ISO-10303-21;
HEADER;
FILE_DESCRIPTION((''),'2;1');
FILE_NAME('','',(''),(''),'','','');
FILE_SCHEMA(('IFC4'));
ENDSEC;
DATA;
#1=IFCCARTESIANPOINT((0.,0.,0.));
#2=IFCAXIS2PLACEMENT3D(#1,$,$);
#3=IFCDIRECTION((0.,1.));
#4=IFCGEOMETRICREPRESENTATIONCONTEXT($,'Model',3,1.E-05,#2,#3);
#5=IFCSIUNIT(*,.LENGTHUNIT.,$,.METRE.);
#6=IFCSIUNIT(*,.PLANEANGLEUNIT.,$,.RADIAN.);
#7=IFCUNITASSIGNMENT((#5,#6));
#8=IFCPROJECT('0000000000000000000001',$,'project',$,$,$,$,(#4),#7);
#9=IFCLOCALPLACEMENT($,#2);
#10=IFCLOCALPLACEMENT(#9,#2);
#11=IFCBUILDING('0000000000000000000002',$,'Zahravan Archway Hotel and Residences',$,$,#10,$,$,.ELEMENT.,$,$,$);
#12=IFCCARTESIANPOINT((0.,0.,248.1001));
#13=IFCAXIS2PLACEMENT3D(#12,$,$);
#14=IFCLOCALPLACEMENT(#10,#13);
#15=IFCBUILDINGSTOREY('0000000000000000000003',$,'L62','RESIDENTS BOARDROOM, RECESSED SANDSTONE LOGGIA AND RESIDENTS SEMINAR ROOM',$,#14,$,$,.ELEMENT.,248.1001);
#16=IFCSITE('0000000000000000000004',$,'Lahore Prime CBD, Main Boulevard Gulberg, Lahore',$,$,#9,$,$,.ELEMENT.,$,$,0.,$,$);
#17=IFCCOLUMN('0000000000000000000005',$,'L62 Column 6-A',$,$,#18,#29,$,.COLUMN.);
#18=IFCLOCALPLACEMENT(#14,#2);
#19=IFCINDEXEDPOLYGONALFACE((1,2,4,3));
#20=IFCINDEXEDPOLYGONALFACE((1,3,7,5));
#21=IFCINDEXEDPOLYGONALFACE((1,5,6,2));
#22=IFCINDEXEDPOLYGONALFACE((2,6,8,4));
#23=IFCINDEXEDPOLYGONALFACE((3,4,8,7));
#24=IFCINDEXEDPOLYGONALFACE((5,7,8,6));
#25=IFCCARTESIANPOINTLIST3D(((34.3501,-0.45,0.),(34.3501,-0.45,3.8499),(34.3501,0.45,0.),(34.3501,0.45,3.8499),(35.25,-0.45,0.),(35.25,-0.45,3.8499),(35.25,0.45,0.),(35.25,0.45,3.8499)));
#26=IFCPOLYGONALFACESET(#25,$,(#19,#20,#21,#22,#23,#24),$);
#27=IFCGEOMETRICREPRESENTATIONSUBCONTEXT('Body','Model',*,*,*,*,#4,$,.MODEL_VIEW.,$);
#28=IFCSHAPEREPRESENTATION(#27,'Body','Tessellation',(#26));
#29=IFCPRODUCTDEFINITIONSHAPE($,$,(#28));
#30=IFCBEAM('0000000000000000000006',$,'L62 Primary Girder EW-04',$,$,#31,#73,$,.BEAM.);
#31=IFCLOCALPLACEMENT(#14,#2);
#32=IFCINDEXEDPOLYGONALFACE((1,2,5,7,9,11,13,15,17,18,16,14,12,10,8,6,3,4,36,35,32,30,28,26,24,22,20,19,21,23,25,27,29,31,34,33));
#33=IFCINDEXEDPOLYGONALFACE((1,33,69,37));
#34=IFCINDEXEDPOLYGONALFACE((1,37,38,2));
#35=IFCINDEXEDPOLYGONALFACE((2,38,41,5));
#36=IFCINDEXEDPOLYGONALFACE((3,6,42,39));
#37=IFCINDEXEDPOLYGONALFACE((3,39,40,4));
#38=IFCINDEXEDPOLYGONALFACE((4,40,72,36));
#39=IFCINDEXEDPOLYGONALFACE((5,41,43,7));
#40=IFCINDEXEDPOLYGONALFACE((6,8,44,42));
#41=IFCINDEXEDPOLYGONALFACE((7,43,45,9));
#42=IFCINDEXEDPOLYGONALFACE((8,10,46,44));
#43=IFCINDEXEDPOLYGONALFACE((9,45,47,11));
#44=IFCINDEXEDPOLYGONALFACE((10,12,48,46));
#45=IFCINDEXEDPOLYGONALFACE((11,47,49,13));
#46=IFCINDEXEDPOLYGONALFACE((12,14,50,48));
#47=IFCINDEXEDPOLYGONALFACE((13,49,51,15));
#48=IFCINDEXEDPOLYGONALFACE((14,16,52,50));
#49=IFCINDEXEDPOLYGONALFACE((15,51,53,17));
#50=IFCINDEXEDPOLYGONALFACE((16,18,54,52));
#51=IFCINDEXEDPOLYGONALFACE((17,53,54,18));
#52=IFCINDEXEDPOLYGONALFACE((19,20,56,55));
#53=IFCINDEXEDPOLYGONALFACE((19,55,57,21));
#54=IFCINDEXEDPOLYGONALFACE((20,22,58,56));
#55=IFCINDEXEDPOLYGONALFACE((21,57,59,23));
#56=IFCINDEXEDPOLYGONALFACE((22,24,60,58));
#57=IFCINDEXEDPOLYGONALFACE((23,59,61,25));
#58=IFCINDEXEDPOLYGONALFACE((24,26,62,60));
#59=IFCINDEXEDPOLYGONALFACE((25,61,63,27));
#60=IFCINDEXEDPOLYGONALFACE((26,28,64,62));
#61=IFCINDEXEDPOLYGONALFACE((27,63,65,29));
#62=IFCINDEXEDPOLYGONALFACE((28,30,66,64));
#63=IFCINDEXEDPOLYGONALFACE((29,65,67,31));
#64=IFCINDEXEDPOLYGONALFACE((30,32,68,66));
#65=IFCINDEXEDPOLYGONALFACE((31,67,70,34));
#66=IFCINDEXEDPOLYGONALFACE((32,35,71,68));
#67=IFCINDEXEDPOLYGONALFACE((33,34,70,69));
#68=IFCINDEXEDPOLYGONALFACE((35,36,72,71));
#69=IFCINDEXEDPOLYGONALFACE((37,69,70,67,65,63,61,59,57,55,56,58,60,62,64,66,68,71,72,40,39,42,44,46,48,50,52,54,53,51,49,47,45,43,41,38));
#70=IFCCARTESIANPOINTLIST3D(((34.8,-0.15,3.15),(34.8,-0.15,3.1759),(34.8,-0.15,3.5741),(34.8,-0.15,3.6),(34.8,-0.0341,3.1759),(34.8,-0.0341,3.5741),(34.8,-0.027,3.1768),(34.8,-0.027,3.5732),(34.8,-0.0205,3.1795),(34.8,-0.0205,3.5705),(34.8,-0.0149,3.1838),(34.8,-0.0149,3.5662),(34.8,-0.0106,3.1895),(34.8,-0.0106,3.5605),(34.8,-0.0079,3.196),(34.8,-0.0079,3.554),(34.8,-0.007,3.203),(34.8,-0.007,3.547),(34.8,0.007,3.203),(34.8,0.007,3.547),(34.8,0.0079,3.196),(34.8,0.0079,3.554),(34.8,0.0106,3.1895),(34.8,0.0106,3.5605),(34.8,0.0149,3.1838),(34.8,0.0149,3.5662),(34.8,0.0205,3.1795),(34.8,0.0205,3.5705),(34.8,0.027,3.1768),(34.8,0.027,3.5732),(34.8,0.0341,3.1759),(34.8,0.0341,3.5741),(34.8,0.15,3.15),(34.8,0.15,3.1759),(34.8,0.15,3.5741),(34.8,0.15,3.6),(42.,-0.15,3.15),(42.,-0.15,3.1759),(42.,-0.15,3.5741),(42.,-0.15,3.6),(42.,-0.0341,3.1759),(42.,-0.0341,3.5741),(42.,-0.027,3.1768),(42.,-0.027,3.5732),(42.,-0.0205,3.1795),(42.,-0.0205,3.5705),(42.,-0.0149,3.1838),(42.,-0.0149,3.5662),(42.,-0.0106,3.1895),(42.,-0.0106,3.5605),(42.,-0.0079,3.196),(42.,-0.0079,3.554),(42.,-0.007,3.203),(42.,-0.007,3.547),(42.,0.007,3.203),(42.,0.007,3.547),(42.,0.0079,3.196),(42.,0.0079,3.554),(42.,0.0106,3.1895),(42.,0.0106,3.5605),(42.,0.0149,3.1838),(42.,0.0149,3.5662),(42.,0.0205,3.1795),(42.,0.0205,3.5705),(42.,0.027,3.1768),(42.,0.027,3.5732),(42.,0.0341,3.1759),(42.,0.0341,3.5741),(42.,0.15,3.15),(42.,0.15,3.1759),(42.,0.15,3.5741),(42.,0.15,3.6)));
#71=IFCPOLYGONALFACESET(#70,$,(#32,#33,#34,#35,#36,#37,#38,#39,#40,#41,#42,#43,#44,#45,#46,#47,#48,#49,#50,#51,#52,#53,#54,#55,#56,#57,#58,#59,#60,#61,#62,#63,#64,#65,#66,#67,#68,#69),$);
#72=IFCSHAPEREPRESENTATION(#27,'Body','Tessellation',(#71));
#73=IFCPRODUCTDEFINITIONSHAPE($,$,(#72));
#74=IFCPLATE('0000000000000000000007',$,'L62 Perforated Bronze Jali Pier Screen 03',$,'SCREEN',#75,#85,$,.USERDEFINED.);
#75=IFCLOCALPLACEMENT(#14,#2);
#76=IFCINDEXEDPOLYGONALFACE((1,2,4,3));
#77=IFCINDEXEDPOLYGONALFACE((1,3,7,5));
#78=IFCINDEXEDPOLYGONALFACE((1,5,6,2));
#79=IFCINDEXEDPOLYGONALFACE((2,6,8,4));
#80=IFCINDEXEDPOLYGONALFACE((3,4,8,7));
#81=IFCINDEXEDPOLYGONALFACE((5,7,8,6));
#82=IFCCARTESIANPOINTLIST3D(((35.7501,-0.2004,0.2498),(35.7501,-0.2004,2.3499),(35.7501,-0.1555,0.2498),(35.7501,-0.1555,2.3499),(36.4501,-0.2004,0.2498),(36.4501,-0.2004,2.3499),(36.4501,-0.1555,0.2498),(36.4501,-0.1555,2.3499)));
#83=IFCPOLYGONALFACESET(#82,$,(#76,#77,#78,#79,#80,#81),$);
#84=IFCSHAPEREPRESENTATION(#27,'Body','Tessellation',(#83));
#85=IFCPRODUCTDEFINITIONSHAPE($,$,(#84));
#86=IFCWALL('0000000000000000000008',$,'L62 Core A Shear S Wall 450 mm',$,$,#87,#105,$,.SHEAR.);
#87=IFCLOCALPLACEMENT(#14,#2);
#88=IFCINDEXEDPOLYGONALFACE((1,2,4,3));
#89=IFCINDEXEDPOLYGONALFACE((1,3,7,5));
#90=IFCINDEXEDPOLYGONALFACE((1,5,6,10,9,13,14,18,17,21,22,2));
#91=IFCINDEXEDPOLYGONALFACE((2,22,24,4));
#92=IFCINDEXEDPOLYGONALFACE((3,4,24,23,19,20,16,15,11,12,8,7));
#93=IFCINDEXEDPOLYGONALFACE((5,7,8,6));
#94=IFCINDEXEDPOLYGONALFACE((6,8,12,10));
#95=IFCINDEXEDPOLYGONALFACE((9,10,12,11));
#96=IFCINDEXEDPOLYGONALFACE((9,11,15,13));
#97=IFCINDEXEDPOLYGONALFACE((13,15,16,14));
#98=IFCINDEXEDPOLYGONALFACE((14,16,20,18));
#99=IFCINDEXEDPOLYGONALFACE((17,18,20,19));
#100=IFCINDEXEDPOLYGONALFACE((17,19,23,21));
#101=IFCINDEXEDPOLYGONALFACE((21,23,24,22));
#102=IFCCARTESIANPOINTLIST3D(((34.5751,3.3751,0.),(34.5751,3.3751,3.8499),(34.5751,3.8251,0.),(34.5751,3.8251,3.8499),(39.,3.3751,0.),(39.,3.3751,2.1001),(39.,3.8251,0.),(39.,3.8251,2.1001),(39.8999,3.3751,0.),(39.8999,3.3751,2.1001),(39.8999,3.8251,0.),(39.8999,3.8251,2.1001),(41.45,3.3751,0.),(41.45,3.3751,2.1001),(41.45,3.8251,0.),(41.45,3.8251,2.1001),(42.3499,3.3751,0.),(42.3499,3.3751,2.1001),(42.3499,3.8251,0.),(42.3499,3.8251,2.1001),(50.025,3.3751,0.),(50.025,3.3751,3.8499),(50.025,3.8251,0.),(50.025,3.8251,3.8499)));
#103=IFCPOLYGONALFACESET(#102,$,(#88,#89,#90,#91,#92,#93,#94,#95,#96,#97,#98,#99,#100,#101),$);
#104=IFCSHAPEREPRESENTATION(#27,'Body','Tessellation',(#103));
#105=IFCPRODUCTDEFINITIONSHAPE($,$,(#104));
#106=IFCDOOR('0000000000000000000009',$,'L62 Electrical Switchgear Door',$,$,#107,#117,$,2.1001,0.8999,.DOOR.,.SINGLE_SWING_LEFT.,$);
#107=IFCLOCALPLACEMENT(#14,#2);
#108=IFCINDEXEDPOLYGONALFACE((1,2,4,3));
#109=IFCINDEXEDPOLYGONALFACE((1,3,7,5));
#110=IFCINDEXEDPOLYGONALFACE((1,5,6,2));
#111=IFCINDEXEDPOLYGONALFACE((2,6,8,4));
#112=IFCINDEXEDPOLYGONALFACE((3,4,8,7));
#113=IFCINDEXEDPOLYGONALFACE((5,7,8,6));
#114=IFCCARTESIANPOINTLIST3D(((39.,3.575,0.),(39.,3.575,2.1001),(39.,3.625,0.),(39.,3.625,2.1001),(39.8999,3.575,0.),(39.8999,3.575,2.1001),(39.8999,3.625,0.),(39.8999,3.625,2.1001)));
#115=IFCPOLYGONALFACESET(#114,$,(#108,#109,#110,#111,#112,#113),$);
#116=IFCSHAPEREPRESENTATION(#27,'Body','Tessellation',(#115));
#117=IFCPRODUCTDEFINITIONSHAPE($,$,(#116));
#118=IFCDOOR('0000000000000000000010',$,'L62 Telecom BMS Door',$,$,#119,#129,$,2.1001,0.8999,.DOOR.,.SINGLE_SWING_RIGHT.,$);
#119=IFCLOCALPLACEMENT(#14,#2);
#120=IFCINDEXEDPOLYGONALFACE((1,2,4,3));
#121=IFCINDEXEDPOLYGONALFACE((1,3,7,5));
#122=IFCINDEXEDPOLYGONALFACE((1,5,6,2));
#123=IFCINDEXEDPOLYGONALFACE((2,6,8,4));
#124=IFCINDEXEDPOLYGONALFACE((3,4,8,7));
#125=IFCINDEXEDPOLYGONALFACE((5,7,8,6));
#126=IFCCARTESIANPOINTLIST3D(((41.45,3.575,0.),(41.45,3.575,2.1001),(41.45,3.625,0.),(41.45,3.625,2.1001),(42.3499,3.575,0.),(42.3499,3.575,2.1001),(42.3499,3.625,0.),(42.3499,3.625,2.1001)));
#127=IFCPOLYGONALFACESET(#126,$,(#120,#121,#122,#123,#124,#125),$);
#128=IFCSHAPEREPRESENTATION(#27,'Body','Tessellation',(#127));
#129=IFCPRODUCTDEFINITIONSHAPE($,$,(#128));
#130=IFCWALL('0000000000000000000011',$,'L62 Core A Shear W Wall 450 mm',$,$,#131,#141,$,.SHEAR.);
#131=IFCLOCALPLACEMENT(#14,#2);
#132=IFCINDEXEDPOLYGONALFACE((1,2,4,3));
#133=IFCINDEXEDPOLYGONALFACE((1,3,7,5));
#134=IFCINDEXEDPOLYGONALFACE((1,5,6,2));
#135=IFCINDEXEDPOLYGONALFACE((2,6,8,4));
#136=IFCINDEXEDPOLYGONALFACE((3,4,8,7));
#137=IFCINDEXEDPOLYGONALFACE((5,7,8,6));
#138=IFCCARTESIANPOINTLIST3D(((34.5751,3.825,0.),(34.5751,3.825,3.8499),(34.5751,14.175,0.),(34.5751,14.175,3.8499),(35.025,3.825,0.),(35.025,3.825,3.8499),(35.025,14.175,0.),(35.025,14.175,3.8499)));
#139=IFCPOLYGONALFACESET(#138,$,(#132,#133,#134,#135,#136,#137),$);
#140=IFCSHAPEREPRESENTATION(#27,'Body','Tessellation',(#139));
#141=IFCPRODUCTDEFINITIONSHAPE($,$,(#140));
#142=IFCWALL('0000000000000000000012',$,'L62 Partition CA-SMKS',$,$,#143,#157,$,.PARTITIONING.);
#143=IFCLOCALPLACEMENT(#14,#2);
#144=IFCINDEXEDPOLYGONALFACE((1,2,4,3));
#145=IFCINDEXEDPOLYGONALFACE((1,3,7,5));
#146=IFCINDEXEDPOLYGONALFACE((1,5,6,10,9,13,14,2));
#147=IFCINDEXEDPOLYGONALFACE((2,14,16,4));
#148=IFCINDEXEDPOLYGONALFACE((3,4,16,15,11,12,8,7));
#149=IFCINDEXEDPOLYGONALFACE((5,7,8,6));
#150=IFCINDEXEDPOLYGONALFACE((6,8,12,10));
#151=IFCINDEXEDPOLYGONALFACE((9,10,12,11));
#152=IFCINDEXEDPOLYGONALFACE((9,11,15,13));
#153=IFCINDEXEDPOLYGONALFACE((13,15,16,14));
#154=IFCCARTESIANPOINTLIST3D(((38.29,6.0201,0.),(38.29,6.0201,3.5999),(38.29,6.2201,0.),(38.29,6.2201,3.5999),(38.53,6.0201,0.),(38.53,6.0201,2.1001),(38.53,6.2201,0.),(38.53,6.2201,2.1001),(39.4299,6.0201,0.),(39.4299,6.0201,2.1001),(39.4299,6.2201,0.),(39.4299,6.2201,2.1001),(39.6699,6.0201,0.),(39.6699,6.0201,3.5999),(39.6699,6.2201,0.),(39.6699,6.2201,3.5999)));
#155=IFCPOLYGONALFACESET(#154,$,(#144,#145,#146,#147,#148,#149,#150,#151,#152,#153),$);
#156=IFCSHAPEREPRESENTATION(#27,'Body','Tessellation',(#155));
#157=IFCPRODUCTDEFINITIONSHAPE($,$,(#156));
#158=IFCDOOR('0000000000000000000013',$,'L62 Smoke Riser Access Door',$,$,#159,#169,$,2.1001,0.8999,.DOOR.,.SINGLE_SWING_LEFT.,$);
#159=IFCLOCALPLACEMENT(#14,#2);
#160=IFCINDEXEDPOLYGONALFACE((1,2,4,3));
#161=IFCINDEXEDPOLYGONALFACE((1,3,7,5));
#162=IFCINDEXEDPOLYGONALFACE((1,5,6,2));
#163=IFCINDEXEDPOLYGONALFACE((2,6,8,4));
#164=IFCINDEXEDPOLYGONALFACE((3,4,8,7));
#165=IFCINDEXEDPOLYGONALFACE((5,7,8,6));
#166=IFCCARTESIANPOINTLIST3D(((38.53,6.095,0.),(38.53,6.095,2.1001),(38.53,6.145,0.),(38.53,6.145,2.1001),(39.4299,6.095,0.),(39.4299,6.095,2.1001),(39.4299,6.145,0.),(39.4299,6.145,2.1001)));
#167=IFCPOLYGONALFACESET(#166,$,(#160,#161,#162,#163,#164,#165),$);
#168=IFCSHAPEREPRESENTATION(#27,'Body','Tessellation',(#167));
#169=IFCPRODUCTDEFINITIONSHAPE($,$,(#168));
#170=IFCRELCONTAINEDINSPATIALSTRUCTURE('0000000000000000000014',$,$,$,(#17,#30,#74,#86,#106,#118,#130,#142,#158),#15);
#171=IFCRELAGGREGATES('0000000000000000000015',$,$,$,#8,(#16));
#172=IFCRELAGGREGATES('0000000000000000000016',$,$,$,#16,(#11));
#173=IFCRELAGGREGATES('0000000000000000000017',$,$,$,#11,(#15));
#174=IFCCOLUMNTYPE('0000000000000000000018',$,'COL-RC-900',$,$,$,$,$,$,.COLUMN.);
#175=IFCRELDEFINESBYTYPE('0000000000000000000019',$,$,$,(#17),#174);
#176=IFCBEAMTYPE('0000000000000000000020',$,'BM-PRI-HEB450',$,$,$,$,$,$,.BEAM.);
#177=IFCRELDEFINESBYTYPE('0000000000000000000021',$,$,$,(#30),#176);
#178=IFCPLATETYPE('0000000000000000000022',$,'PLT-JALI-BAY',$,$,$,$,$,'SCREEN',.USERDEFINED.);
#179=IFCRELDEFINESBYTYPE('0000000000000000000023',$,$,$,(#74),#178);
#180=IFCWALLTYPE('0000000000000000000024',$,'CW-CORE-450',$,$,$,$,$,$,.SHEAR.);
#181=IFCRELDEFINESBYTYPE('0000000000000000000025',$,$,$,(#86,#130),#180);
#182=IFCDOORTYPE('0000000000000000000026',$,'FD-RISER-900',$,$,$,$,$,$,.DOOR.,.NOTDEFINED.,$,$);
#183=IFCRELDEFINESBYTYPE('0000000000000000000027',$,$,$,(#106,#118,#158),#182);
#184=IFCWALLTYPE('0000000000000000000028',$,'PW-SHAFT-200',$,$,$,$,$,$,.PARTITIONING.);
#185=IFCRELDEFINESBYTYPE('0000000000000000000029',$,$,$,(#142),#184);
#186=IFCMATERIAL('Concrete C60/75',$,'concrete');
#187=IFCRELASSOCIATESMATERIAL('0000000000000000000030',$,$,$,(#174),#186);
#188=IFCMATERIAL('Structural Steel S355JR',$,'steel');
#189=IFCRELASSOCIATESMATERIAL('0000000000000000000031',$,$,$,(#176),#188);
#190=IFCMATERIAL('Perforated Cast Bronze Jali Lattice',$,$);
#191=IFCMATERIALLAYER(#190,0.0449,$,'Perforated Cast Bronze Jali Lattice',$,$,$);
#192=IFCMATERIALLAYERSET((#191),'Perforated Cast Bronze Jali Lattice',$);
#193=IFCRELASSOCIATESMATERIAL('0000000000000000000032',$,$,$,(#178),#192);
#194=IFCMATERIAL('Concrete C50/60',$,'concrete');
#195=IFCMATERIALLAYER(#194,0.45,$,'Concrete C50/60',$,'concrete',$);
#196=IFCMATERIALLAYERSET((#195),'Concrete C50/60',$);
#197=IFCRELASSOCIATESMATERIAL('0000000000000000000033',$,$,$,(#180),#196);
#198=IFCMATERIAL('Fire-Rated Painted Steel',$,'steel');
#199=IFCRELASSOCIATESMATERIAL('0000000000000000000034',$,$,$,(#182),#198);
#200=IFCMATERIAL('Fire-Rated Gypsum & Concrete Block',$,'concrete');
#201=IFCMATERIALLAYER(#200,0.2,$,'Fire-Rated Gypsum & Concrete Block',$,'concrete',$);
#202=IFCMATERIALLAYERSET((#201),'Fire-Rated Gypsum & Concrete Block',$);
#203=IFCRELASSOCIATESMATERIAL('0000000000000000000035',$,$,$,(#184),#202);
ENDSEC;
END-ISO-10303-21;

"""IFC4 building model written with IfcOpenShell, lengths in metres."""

from ifc_helpers import new_model, si_unit, direction, frame, frame_2d, origin, origin_2d, place, context, subcontext, project, spatial, rectangle, i_section, extrude, source, transform, mapped, material, layer, layer_set, material_profile, profile_set, type_object, type_shapes, element, fill, save


model = new_model("IFC4")

# Units and contexts
model_context = context("Model", 3, precision=1e-05, world=origin(), true_north=direction((0.0, 1.0)))
body_context = subcontext(model_context, "Body", "Model", "MODEL_VIEW")
ifc_project = project(units=[si_unit("LENGTHUNIT", "METRE"), si_unit("PLANEANGLEUNIT", "RADIAN")], contexts=[model_context])

# Site, building, storey
site_placement = place(None, origin())
site = spatial("IfcSite", under=ifc_project, at=site_placement, Name="Lahore Prime CBD, Main Boulevard Gulberg, Lahore", CompositionType="ELEMENT", RefElevation=0.0)
building_placement = place(site_placement, origin())
building = spatial("IfcBuilding", under=site, at=building_placement, Name="Zahravan Archway Hotel and Residences", CompositionType="ELEMENT")
storey_placement = place(building_placement, frame((0.0, 0.0, 248.1001)))
storey = spatial("IfcBuildingStorey", under=building, at=storey_placement, Name="L62", Description="RESIDENTS BOARDROOM, RECESSED SANDSTONE LOGGIA AND RESIDENTS SEMINAR ROOM", CompositionType="ELEMENT", Elevation=248.1001)

# Column
ifc_material_1 = material(Name="Concrete C60/75", Category="concrete")
ifc_material_profile_1 = material_profile(ifc_material_1, rectangle(XDim=0.8999, YDim=0.8999, at=origin_2d()), Name="RC-COL-900x900", Category="concrete")
ifc_profile_set_1 = profile_set([ifc_material_profile_1], Name="Concrete C60/75")
column_type = type_object("IfcColumnType", Name="COL-RC-900", PredefinedType="COLUMN", material=ifc_profile_set_1)
shared_shape_1 = source(origin(), body_context, "Body", "SweptSolid", [
    extrude(rectangle(XDim=0.8999, YDim=0.8999, at=origin_2d()), origin(), (0.0, 0.0, 1.0), 3.8499),
])
column_placement = place(storey_placement, frame((34.8, 0.0, 0.0), z_axis=(0.0, 0.0, 1.0), x_axis=(1.0, 0.0, 0.0)))
element("IfcColumn", 1, at=column_placement, inside=storey, type_object=column_type, Name="L62 Column 6-A", PredefinedType="COLUMN", context=body_context, shape_type="MappedRepresentation", body=[
    mapped(shared_shape_1, transform((0.0, 0.0, 0.0), scale=1.0)),
])

# Beam
ifc_material_2 = material(Name="Structural Steel S355JR", Category="steel")
ifc_material_profile_2 = material_profile(ifc_material_2, i_section(OverallWidth=0.3, OverallDepth=0.45, WebThickness=0.0139, FlangeThickness=0.0259, FilletRadius=0.0271, at=origin_2d()), Name="HEB 450", Category="steel")
ifc_profile_set_2 = profile_set([ifc_material_profile_2], Name="Structural Steel S355JR")
beam_type = type_object("IfcBeamType", Name="BM-PRI-HEB450", PredefinedType="BEAM", material=ifc_profile_set_2)
shared_shape_2 = source(origin(), body_context, "Body", "SweptSolid", [
    extrude(i_section(OverallWidth=0.3, OverallDepth=0.45, WebThickness=0.0139, FlangeThickness=0.0259, FilletRadius=0.0271, at=origin_2d()), origin(), (0.0, 0.0, 1.0), 7.2),
])
beam_placement = place(storey_placement, frame((34.8, 0.0, 3.375), z_axis=(1.0, 0.0, 0.0), x_axis=(0.0, 1.0, 0.0)))
element("IfcBeam", 2, at=beam_placement, inside=storey, type_object=beam_type, Name="L62 Primary Girder EW-04", PredefinedType="BEAM", context=body_context, shape_type="MappedRepresentation", body=[
    mapped(shared_shape_2, transform((0.0, 0.0, 0.0), scale=1.0)),
])

# Plate
ifc_material_3 = material(Name="Perforated Cast Bronze Jali Lattice")
ifc_layer_1 = layer(ifc_material_3, 0.0449, Name="Perforated Cast Bronze Jali Lattice")
ifc_layer_set_1 = layer_set([ifc_layer_1], Name="Perforated Cast Bronze Jali Lattice")
plate_type = type_object("IfcPlateType", Name="PLT-JALI-BAY", ElementType="SCREEN", PredefinedType="USERDEFINED", material=ifc_layer_set_1)
shared_shape_3 = source(origin(), body_context, "Body", "SweptSolid", [
    extrude(rectangle(XDim=0.7, YDim=0.0449, at=origin_2d()), origin(), (0.0, 0.0, 1.0), 2.1001),
])
type_shapes(plate_type, [shared_shape_3])
plate_placement = place(storey_placement, frame((36.1001, -0.178, 0.2498), z_axis=(0.0, 0.0, 1.0), x_axis=(1.0, 0.0, 0.0)))
element("IfcPlate", 3, at=plate_placement, inside=storey, type_object=plate_type, Name="L62 Perforated Bronze Jali Pier Screen 03", ObjectType="SCREEN", PredefinedType="USERDEFINED", context=body_context, shape_type="MappedRepresentation", body=[
    mapped(shared_shape_3, transform((0.0, 0.0, 0.0), scale=1.0)),
])

# Wall, openings, doors
ifc_material_4 = material(Name="Concrete C50/60", Category="concrete")
ifc_layer_2 = layer(ifc_material_4, 0.45, Name="Concrete C50/60", Category="concrete")
ifc_layer_set_2 = layer_set([ifc_layer_2], Name="Concrete C50/60")
wall_type_1 = type_object("IfcWallType", Name="CW-CORE-450", PredefinedType="SHEAR", material=ifc_layer_set_2)
wall_1_placement = place(storey_placement, frame((34.575, 3.6001, 0.0), z_axis=(0.0, 0.0, 1.0), x_axis=(1.0, 0.0, 0.0)))
wall_1 = element("IfcWall", 4, at=wall_1_placement, inside=storey, type_object=wall_type_1, Name="L62 Core A Shear S Wall 450 mm", PredefinedType="SHEAR", context=body_context, shape_type="SweptSolid", body=[
    extrude(rectangle(XDim=15.45, YDim=0.45, at=frame_2d((7.7251, 0.0))), origin(), (0.0, 0.0, 1.0), 3.8499),
])
opening_1_placement = place(wall_1_placement, frame((4.425, 0.0, 0.0)))
opening_1 = element("IfcOpeningElement", 5, at=opening_1_placement, cuts=wall_1, PredefinedType="OPENING", context=body_context, shape_type="SweptSolid", body=[
    extrude(rectangle(XDim=0.8999, YDim=2.1001, at=frame_2d((0.45, 1.05))), frame((0.0, 0.2349, 0.0), z_axis=(0.0, -1.0, 0.0), x_axis=(1.0, 0.0, 0.0)), (0.0, 0.0, 1.0), 0.47),
])
opening_2_placement = place(wall_1_placement, frame((6.875, 0.0, 0.0)))
opening_2 = element("IfcOpeningElement", 6, at=opening_2_placement, cuts=wall_1, PredefinedType="OPENING", context=body_context, shape_type="SweptSolid", body=[
    extrude(rectangle(XDim=0.8999, YDim=2.1001, at=frame_2d((0.45, 1.05))), frame((0.0, 0.2349, 0.0), z_axis=(0.0, -1.0, 0.0), x_axis=(1.0, 0.0, 0.0)), (0.0, 0.0, 1.0), 0.47),
])
ifc_material_5 = material(Name="Fire-Rated Painted Steel", Category="steel")
door_type = type_object("IfcDoorType", Name="FD-RISER-900", OperationType="NOTDEFINED", PredefinedType="DOOR", material=ifc_material_5)
shared_shape_4 = source(origin(), body_context, "Body", "SweptSolid", [
    extrude(rectangle(XDim=0.8999, YDim=2.1001, at=frame_2d((0.45, 1.05))), frame((0.0, 0.0249, 0.0), z_axis=(0.0, -1.0, 0.0), x_axis=(1.0, 0.0, 0.0)), (0.0, 0.0, 1.0), 0.05),
])
type_shapes(door_type, [shared_shape_4])
door_1_placement = place(opening_1_placement, origin())
door_1 = element("IfcDoor", 7, at=door_1_placement, inside=storey, type_object=door_type, Name="L62 Electrical Switchgear Door", OperationType="SINGLE_SWING_LEFT", OverallHeight=2.1001, OverallWidth=0.8999, PredefinedType="DOOR", context=body_context, shape_type="MappedRepresentation", body=[
    mapped(shared_shape_4, transform((0.0, 0.0, 0.0), scale=1.0)),
])
fill(opening_1, door_1)
door_2_placement = place(opening_2_placement, origin())
door_2 = element("IfcDoor", 8, at=door_2_placement, inside=storey, type_object=door_type, Name="L62 Telecom BMS Door", OperationType="SINGLE_SWING_RIGHT", OverallHeight=2.1001, OverallWidth=0.8999, PredefinedType="DOOR", context=body_context, shape_type="MappedRepresentation", body=[
    mapped(shared_shape_4, transform((0.0, 0.0, 0.0), scale=1.0)),
])
fill(opening_2, door_2)

# Wall
wall_2_placement = place(storey_placement, frame((34.8, 3.825, 0.0), z_axis=(0.0, 0.0, 1.0), x_axis=(0.0, 1.0, 0.0)))
element("IfcWall", 9, at=wall_2_placement, inside=storey, type_object=wall_type_1, Name="L62 Core A Shear W Wall 450 mm", PredefinedType="SHEAR", context=body_context, shape_type="SweptSolid", body=[
    extrude(rectangle(XDim=10.3501, YDim=0.45, at=frame_2d((5.175, 0.0))), origin(), (0.0, 0.0, 1.0), 3.8499),
])

# Wall, opening, door
ifc_material_6 = material(Name="Fire-Rated Gypsum & Concrete Block", Category="concrete")
ifc_layer_3 = layer(ifc_material_6, 0.2, Name="Fire-Rated Gypsum & Concrete Block", Category="concrete")
ifc_layer_set_3 = layer_set([ifc_layer_3], Name="Fire-Rated Gypsum & Concrete Block")
wall_type_2 = type_object("IfcWallType", Name="PW-SHAFT-200", PredefinedType="PARTITIONING", material=ifc_layer_set_3)
wall_3_placement = place(storey_placement, frame((38.29, 6.1201, 0.0), z_axis=(0.0, 0.0, 1.0), x_axis=(1.0, 0.0, 0.0)))
wall_3 = element("IfcWall", 10, at=wall_3_placement, inside=storey, type_object=wall_type_2, Name="L62 Partition CA-SMKS", PredefinedType="PARTITIONING", context=body_context, shape_type="SweptSolid", body=[
    extrude(rectangle(XDim=1.3799, YDim=0.2, at=frame_2d((0.6899, 0.0))), origin(), (0.0, 0.0, 1.0), 3.5999),
])
opening_3_placement = place(wall_3_placement, frame((0.24, 0.0, 0.0)))
opening_3 = element("IfcOpeningElement", 11, at=opening_3_placement, cuts=wall_3, PredefinedType="OPENING", context=body_context, shape_type="SweptSolid", body=[
    extrude(rectangle(XDim=0.8999, YDim=2.1001, at=frame_2d((0.45, 1.05))), frame((0.0, 0.1099, 0.0), z_axis=(0.0, -1.0, 0.0), x_axis=(1.0, 0.0, 0.0)), (0.0, 0.0, 1.0), 0.22),
])
door_3_placement = place(opening_3_placement, origin())
door_3 = element("IfcDoor", 12, at=door_3_placement, inside=storey, type_object=door_type, Name="L62 Smoke Riser Access Door", OperationType="SINGLE_SWING_LEFT", OverallHeight=2.1001, OverallWidth=0.8999, PredefinedType="DOOR", context=body_context, shape_type="MappedRepresentation", body=[
    mapped(shared_shape_4, transform((0.0, 0.0, 0.0), scale=1.0)),
])
fill(opening_3, door_3)

save(model, "model.ifc")
